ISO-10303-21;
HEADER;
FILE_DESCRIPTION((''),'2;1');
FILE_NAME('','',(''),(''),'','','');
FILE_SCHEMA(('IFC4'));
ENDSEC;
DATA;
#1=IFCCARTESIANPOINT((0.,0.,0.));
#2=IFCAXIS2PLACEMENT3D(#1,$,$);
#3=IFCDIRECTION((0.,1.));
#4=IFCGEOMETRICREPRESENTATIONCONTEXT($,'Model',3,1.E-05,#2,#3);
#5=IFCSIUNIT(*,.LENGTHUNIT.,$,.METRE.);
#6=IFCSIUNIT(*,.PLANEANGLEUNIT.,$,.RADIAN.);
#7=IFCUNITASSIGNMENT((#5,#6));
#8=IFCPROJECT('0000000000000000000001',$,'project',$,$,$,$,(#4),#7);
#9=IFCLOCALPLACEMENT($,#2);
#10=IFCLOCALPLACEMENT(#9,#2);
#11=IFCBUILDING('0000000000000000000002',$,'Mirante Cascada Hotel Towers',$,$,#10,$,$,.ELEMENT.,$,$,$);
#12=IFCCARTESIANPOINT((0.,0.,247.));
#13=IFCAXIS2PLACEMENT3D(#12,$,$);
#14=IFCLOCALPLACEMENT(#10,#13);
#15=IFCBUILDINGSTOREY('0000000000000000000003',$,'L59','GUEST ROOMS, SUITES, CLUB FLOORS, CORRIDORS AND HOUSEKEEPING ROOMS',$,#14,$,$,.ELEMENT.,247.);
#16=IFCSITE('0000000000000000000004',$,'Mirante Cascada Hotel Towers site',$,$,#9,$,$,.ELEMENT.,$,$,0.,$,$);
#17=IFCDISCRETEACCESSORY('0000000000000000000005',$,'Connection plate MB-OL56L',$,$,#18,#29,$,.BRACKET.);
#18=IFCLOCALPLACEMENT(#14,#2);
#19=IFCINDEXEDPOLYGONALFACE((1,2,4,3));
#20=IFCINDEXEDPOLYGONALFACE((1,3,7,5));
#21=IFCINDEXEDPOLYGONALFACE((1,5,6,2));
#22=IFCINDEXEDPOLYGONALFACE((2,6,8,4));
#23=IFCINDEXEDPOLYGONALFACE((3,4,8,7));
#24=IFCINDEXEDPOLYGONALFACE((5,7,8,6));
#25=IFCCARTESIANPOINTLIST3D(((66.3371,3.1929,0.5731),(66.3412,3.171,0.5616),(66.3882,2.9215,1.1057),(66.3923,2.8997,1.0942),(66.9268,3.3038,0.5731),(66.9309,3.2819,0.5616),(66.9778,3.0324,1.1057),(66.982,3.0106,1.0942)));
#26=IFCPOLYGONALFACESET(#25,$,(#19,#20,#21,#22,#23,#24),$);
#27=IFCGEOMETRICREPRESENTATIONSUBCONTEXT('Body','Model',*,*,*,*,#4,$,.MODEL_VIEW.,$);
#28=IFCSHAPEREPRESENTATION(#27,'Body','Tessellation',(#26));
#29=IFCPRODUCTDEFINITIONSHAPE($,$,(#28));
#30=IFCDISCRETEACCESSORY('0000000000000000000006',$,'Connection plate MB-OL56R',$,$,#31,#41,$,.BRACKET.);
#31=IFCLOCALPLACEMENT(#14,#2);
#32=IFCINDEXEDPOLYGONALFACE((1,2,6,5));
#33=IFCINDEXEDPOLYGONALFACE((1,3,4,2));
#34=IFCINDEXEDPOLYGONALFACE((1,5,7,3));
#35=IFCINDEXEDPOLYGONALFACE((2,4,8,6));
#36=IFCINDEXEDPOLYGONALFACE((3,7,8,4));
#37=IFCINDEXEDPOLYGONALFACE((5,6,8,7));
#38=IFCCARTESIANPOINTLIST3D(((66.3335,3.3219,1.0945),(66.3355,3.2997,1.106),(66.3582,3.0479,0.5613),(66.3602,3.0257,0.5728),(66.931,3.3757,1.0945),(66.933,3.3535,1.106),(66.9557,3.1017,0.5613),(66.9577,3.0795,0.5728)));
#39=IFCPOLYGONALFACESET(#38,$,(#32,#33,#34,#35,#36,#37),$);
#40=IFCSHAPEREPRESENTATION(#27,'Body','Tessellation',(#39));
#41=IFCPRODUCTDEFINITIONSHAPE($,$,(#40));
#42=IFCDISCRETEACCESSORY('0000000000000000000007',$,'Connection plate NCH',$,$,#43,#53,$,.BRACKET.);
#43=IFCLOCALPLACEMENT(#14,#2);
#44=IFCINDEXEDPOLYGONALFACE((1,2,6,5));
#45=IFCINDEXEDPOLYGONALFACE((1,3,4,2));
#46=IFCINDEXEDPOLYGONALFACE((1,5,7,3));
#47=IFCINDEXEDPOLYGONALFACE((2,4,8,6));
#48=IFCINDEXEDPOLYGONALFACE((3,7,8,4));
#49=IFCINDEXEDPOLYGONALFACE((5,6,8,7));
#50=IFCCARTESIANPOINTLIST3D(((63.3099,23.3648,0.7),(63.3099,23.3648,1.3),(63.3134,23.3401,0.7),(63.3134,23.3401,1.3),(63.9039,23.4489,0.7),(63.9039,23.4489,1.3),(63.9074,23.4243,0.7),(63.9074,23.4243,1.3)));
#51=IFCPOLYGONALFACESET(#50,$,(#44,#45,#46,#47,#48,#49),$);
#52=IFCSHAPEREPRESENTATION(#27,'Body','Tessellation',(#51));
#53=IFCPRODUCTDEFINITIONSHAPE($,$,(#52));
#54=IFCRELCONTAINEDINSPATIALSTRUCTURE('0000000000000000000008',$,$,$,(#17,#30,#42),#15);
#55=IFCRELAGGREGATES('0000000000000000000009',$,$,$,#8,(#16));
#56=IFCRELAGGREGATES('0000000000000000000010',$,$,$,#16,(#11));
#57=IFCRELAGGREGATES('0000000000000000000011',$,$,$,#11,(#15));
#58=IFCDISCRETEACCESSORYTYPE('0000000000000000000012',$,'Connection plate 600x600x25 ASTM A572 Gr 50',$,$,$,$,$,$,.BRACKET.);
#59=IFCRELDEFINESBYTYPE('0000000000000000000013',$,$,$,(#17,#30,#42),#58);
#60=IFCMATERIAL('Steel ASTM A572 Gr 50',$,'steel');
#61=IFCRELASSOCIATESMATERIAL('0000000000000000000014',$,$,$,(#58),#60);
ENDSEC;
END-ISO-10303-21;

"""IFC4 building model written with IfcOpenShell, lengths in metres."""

from ifc_helpers import new_model, si_unit, direction, frame, origin, origin_2d, place, context, subcontext, project, spatial, rectangle, extrude, material, material_profile, profile_set, type_object, element, save


model = new_model("IFC4")

# Units and contexts
model_context = context("Model", 3, precision=1e-05, world=origin(), true_north=direction((0.0, 1.0)))
body_context = subcontext(model_context, "Body", "Model", "MODEL_VIEW")
ifc_project = project(units=[si_unit("LENGTHUNIT", "METRE"), si_unit("PLANEANGLEUNIT", "RADIAN")], contexts=[model_context])

# Site, building, storey
site_placement = place(None, origin())
site = spatial("IfcSite", under=ifc_project, at=site_placement, Name="Mirante Cascada Hotel Towers site", CompositionType="ELEMENT", RefElevation=0.0)
building_placement = place(site_placement, origin())
building = spatial("IfcBuilding", under=site, at=building_placement, Name="Mirante Cascada Hotel Towers", CompositionType="ELEMENT")
storey_placement = place(building_placement, frame((0.0, 0.0, 247.0)))
storey = spatial("IfcBuildingStorey", under=building, at=storey_placement, Name="L59", Description="GUEST ROOMS, SUITES, CLUB FLOORS, CORRIDORS AND HOUSEKEEPING ROOMS", CompositionType="ELEMENT", Elevation=247.0)

# Discrete accessories
ifc_material_1 = material(Name="Steel ASTM A572 Gr 50", Category="steel")
ifc_material_profile_1 = material_profile(ifc_material_1, rectangle(XDim=0.6, YDim=0.6, at=origin_2d()), Name="Connection plate 600x600x25 ASTM A572 Gr 50")
ifc_profile_set_1 = profile_set([ifc_material_profile_1], Name="Steel ASTM A572 Gr 50")
discrete_accessory_type = type_object("IfcDiscreteAccessoryType", Name="Connection plate 600x600x25 ASTM A572 Gr 50", PredefinedType="BRACKET", material=ifc_profile_set_1)
discrete_accessory_1_placement = place(storey_placement, frame((66.6616, 3.0908, 0.8279), z_axis=(-0.164092, 0.872489, 0.460258), x_axis=(-0.98277, -0.184833, 0.0)))
element("IfcDiscreteAccessory", 1, at=discrete_accessory_1_placement, inside=storey, type_object=discrete_accessory_type, Name="Connection plate MB-OL56L", PredefinedType="BRACKET", context=body_context, shape_type="SweptSolid", body=[
    extrude(rectangle(XDim=0.6, YDim=0.6, at=origin_2d()), origin(), (0.0, 0.0, 1.0), 0.025),
])
discrete_accessory_2_placement = place(storey_placement, frame((66.6446, 3.2118, 0.8279), z_axis=(0.07974, -0.885109, 0.458502), x_axis=(0.995966, 0.089727, 0.0)))
element("IfcDiscreteAccessory", 2, at=discrete_accessory_2_placement, inside=storey, type_object=discrete_accessory_type, Name="Connection plate MB-OL56R", PredefinedType="BRACKET", context=body_context, shape_type="SweptSolid", body=[
    extrude(rectangle(XDim=0.6, YDim=0.6, at=origin_2d()), origin(), (0.0, 0.0, 1.0), 0.0251),
])
discrete_accessory_3_placement = place(storey_placement, frame((63.6104, 23.3822, 1.0), z_axis=(-0.140299, 0.990109, 0.0), x_axis=(-0.990109, -0.140299, 0.0)))
element("IfcDiscreteAccessory", 3, at=discrete_accessory_3_placement, inside=storey, type_object=discrete_accessory_type, Name="Connection plate NCH", PredefinedType="BRACKET", context=body_context, shape_type="SweptSolid", body=[
    extrude(rectangle(XDim=0.6, YDim=0.6, at=origin_2d()), origin(), (0.0, 0.0, 1.0), 0.0249),
])

save(model, "model.ifc")
